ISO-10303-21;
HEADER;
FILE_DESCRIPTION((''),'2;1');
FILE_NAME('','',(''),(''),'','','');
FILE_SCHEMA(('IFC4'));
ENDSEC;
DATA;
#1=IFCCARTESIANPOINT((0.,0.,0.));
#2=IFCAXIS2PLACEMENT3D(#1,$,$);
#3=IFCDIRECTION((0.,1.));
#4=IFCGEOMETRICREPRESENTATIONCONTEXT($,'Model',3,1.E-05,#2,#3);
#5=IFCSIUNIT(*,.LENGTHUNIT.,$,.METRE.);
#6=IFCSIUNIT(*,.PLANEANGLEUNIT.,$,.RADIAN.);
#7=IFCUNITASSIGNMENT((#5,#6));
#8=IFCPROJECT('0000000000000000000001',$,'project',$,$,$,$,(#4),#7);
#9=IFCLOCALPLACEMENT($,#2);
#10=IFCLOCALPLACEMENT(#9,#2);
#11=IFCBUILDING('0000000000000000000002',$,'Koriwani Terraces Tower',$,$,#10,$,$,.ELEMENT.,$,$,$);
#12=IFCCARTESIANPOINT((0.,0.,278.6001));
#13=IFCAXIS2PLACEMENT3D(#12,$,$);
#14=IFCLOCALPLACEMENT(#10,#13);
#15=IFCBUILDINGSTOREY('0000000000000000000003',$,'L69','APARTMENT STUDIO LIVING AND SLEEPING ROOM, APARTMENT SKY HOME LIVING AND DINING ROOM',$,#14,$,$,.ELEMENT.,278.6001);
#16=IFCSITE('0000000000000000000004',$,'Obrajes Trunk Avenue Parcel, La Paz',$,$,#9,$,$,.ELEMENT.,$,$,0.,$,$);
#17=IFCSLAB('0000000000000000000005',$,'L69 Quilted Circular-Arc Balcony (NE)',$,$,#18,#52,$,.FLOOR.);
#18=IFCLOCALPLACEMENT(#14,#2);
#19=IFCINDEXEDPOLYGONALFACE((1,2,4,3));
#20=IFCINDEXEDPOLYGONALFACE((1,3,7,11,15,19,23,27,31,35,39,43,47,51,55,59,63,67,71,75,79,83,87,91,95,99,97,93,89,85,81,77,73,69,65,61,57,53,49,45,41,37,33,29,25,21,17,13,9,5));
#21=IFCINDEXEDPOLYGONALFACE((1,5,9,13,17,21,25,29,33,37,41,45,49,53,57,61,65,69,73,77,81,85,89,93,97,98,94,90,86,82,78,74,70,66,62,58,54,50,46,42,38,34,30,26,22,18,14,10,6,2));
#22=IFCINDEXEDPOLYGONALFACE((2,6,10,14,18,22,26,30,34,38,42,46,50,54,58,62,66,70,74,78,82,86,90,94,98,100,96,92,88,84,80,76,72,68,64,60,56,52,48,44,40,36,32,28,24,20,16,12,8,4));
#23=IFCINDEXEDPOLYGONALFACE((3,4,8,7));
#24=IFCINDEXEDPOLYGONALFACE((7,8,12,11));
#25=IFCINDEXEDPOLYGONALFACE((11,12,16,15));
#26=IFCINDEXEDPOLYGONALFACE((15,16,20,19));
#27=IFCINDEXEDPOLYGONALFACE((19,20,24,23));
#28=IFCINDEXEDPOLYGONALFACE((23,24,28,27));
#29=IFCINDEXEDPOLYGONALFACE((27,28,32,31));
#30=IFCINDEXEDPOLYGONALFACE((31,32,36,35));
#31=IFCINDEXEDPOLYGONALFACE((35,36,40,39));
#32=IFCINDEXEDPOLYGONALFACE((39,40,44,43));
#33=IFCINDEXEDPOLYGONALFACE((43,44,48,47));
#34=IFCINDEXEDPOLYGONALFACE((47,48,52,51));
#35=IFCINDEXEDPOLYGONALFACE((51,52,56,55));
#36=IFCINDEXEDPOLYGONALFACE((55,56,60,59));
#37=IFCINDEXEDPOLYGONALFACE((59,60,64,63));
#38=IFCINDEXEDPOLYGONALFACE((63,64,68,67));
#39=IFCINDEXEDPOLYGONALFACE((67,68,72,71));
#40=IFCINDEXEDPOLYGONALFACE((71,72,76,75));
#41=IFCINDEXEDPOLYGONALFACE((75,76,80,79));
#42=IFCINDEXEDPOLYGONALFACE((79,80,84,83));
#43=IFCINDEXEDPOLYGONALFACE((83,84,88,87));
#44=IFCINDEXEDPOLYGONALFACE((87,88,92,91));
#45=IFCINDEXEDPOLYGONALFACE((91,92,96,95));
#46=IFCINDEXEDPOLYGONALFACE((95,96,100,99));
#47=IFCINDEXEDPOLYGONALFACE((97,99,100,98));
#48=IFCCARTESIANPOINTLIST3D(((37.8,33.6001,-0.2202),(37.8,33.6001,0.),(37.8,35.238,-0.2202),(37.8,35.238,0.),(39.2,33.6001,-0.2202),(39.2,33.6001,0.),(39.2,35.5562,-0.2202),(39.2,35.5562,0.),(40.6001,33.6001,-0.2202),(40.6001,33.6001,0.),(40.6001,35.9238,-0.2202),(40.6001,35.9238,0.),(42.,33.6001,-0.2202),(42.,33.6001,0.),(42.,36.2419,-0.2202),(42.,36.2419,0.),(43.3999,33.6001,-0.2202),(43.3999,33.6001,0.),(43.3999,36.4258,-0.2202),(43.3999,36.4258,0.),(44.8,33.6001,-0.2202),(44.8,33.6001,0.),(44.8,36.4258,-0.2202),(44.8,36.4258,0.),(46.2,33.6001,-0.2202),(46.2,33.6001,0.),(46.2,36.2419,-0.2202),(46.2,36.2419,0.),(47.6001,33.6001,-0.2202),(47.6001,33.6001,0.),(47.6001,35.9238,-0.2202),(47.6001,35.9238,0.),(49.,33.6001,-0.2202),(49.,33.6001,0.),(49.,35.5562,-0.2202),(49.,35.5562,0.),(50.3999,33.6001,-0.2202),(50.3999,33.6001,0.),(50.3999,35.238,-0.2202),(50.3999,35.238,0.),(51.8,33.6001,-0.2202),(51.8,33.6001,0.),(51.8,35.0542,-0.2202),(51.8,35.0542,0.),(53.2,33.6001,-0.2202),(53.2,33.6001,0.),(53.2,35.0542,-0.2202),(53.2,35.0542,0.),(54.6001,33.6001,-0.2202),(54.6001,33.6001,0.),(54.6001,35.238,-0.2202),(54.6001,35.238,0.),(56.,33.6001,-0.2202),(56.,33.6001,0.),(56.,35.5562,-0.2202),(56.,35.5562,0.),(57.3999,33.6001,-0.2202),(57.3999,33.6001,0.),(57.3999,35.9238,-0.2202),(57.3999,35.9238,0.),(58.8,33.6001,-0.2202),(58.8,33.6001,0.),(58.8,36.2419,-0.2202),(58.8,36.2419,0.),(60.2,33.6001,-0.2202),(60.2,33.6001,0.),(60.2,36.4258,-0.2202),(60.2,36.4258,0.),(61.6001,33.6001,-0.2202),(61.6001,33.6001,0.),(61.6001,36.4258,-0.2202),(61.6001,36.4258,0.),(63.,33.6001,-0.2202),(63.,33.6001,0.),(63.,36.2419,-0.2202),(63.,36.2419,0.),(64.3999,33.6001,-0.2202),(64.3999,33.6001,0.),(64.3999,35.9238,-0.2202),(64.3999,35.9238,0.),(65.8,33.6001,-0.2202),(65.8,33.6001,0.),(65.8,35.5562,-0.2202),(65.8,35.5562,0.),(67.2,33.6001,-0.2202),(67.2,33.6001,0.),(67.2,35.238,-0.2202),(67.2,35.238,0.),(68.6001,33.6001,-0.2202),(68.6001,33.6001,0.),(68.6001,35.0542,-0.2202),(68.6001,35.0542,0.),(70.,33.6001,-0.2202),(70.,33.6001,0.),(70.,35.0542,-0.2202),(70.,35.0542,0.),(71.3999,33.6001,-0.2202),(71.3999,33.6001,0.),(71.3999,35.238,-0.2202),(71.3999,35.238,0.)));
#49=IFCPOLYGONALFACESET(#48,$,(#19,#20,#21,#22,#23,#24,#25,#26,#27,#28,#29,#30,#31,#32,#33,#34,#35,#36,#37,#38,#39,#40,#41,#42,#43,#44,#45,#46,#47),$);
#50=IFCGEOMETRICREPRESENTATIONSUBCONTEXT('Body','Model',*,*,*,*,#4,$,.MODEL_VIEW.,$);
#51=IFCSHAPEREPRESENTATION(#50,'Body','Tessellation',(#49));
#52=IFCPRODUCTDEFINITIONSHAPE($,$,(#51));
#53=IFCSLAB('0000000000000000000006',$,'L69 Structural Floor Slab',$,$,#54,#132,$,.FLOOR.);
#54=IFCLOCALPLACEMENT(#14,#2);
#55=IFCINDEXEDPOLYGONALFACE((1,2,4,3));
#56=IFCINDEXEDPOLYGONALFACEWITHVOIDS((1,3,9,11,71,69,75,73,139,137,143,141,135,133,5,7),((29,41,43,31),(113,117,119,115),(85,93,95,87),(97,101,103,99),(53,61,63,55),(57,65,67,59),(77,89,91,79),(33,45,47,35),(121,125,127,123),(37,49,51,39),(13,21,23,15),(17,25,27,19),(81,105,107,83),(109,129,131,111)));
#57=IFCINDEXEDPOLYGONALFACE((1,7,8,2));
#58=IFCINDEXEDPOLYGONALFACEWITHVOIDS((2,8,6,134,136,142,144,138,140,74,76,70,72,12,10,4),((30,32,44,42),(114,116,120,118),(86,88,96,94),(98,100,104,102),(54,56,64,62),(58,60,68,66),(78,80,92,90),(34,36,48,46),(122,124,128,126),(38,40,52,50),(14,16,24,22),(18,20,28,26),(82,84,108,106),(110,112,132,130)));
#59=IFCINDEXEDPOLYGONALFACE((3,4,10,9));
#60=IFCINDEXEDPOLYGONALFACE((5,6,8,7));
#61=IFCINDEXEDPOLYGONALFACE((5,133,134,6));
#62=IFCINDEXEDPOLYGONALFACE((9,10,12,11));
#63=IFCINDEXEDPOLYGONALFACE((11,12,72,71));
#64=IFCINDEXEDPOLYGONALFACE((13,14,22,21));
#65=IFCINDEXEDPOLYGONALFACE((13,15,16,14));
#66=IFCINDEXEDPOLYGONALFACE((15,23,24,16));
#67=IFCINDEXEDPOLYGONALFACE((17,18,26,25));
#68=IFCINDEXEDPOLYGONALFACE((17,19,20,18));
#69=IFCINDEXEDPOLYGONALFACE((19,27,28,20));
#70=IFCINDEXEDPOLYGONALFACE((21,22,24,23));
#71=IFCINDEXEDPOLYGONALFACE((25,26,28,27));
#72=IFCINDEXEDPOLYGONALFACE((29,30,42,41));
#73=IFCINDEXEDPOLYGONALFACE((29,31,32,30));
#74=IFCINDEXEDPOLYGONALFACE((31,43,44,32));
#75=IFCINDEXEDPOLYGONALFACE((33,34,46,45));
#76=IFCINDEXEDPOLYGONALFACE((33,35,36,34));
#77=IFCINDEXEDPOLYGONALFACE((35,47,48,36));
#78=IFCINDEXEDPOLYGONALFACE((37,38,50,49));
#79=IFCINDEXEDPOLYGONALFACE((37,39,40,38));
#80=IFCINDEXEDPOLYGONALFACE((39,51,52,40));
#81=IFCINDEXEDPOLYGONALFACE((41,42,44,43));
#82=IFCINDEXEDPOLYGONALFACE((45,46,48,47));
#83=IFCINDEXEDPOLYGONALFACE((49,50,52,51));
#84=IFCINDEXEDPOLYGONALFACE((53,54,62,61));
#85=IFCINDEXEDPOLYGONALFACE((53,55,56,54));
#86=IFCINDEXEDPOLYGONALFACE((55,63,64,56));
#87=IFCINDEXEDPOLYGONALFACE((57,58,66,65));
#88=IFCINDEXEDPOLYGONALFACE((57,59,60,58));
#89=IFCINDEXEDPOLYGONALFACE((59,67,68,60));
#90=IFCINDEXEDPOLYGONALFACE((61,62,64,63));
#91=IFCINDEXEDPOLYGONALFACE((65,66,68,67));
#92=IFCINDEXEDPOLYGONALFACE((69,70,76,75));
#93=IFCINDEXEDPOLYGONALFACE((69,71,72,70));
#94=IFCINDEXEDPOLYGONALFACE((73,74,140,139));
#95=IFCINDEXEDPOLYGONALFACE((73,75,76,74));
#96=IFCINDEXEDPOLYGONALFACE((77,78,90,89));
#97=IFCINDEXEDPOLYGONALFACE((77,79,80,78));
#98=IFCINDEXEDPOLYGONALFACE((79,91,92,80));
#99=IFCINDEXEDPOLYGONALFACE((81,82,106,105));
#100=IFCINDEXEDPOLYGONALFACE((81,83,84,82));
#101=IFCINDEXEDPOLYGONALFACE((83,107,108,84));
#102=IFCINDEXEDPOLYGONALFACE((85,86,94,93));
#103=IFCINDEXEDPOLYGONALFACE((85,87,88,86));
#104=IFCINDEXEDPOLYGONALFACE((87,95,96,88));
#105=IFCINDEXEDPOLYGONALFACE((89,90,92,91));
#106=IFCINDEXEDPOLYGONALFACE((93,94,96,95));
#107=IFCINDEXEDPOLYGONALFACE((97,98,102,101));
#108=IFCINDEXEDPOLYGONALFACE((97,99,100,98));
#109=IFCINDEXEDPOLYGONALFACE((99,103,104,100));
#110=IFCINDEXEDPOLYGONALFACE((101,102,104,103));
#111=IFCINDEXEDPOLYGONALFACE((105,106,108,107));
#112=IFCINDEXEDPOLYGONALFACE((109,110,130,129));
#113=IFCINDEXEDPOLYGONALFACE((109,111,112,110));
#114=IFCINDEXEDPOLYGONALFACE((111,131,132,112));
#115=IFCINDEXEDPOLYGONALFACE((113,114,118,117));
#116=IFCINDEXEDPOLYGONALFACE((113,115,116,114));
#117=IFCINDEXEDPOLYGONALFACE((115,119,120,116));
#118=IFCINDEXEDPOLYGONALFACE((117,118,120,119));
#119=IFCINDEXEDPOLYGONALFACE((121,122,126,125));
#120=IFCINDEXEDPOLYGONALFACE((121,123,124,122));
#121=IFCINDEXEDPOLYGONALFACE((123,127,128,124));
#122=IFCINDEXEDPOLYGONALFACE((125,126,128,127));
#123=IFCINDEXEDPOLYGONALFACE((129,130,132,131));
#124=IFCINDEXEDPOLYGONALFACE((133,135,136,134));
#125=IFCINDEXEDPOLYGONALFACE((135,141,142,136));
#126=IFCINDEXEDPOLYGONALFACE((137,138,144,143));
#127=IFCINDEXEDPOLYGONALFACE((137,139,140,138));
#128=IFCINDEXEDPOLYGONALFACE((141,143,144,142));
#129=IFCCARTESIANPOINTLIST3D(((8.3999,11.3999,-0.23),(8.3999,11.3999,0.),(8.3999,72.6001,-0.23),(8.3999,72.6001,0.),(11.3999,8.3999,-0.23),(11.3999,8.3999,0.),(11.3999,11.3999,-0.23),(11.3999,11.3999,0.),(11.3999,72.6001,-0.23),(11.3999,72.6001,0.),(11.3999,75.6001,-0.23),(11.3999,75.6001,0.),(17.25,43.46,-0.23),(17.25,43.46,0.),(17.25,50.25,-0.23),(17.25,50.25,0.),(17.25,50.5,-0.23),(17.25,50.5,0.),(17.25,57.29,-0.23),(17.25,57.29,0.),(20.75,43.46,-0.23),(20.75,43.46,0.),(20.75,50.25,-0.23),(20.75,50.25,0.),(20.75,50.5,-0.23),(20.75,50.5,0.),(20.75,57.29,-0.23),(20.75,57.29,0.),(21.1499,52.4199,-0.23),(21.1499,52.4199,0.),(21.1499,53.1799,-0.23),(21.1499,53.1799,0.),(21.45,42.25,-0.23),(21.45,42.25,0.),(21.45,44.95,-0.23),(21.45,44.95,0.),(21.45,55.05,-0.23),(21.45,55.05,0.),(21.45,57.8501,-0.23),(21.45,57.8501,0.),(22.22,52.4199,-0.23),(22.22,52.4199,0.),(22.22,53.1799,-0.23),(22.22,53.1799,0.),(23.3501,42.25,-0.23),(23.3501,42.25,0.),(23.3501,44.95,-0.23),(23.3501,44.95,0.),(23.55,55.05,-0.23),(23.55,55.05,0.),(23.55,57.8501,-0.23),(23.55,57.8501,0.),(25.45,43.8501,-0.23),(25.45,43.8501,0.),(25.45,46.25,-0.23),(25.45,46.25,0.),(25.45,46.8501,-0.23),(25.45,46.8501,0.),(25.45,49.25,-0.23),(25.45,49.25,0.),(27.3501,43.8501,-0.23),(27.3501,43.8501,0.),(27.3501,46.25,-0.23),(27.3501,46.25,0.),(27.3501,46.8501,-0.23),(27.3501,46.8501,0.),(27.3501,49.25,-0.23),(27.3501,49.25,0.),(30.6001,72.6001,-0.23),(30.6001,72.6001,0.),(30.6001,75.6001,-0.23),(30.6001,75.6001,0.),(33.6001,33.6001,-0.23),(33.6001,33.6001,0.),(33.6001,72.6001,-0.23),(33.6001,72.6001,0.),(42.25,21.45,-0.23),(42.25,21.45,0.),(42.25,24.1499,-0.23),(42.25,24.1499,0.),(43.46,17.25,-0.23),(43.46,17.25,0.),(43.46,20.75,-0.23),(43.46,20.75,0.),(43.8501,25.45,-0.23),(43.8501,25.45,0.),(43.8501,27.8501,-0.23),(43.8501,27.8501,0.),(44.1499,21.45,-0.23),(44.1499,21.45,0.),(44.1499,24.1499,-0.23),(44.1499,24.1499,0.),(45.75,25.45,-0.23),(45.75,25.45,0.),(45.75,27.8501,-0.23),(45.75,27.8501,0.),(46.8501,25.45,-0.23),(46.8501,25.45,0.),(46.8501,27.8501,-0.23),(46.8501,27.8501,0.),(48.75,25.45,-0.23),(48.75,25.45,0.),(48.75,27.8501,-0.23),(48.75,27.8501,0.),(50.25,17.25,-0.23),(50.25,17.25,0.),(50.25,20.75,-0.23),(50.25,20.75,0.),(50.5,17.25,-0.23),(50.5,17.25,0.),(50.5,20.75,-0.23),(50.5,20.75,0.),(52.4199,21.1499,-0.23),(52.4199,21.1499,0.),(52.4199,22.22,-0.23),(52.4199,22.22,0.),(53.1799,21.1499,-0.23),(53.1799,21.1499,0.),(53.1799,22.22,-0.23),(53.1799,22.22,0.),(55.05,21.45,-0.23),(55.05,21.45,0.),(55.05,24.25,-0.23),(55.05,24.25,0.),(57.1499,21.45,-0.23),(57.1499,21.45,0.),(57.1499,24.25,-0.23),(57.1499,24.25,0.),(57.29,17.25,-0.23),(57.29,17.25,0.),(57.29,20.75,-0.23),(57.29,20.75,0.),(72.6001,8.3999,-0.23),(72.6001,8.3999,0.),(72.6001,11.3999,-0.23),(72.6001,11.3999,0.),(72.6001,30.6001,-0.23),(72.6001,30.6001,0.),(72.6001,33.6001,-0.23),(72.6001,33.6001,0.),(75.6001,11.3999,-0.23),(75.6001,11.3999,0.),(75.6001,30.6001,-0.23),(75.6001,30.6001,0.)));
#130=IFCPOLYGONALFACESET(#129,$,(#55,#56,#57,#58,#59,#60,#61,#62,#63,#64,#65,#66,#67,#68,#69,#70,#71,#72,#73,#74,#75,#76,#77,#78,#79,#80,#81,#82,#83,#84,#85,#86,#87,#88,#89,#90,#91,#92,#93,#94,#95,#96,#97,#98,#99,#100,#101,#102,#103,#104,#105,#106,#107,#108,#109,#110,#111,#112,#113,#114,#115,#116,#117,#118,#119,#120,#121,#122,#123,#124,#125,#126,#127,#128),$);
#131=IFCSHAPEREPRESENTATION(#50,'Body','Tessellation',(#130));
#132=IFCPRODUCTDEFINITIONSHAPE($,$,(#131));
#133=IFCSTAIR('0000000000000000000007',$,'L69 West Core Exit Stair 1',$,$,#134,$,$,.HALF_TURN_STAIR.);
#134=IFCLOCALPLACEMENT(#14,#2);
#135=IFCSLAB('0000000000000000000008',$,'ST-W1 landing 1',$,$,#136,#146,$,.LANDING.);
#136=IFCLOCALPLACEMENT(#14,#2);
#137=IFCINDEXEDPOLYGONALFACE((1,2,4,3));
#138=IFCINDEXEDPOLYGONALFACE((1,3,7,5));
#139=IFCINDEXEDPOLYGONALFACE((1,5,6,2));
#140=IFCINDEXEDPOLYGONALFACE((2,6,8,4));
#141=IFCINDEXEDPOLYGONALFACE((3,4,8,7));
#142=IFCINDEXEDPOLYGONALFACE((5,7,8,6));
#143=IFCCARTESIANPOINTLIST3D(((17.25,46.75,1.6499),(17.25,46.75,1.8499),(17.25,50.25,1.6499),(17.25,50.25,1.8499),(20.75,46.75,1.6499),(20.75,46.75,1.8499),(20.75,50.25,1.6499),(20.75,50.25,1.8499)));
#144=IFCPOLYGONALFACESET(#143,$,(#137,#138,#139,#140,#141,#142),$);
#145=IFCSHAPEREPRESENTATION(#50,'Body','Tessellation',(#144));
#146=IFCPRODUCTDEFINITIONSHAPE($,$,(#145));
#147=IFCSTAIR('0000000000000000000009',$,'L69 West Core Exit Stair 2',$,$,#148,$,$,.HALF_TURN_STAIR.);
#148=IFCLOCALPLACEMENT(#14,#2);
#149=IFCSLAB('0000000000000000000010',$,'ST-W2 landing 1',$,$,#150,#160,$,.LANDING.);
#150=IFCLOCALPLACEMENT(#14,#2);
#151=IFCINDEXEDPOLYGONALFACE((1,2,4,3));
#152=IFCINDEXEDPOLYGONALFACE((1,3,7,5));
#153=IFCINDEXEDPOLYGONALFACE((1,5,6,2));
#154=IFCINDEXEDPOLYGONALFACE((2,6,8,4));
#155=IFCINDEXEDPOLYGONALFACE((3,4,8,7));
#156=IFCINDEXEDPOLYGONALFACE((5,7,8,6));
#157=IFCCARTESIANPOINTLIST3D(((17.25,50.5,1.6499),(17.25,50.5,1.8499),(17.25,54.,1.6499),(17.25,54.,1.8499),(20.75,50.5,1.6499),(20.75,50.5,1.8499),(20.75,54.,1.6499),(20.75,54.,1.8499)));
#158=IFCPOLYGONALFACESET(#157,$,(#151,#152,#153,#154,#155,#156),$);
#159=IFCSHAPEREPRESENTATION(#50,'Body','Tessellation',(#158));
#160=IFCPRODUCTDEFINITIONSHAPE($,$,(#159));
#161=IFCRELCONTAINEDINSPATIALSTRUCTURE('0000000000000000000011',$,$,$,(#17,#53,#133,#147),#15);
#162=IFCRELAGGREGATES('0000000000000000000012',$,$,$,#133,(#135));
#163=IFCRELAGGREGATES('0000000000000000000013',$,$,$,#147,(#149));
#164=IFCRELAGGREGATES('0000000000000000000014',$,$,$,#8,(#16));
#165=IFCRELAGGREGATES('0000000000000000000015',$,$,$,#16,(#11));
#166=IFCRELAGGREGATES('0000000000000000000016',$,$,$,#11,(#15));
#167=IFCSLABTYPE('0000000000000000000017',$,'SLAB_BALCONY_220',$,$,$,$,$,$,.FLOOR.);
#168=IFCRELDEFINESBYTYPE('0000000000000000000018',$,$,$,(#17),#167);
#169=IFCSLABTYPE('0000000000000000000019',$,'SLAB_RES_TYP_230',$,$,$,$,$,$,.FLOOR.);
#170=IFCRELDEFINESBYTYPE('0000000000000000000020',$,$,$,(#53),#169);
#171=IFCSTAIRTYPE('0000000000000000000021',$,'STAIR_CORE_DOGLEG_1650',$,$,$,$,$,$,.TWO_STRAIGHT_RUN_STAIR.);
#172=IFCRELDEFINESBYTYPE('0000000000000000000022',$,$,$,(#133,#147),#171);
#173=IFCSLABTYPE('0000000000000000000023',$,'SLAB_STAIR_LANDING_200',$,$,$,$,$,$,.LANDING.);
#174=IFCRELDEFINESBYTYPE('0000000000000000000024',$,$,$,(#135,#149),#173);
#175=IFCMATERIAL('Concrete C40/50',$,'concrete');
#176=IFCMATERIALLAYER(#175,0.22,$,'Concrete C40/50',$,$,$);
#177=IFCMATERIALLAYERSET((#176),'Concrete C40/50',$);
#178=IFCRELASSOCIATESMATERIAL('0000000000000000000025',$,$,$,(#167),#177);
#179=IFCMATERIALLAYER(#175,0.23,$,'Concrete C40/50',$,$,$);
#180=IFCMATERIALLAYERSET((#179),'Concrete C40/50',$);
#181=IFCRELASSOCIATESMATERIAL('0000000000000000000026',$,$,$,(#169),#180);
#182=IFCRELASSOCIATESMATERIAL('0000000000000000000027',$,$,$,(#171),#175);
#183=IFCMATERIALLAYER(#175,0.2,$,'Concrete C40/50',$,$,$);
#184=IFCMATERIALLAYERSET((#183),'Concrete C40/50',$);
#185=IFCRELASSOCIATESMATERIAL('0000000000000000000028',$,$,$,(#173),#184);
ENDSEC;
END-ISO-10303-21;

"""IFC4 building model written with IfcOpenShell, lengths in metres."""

from ifc_helpers import new_model, si_unit, direction, frame, origin, place, context, subcontext, project, spatial, polyline, outline, extrude, material, layer, layer_set, type_object, element, aggregate, save


model = new_model("IFC4")

# Units and contexts
model_context = context("Model", 3, precision=1e-05, world=origin(), true_north=direction((0.0, 1.0)))
body_context = subcontext(model_context, "Body", "Model", "MODEL_VIEW")
ifc_project = project(units=[si_unit("LENGTHUNIT", "METRE"), si_unit("PLANEANGLEUNIT", "RADIAN")], contexts=[model_context])

# Site, building, storey
site_placement = place(None, origin())
site = spatial("IfcSite", under=ifc_project, at=site_placement, Name="Obrajes Trunk Avenue Parcel, La Paz", CompositionType="ELEMENT", RefElevation=0.0)
building_placement = place(site_placement, origin())
building = spatial("IfcBuilding", under=site, at=building_placement, Name="Koriwani Terraces Tower", CompositionType="ELEMENT")
storey_placement = place(building_placement, frame((0.0, 0.0, 278.6001)))
storey = spatial("IfcBuildingStorey", under=building, at=storey_placement, Name="L69", Description="APARTMENT STUDIO LIVING AND SLEEPING ROOM, APARTMENT SKY HOME LIVING AND DINING ROOM", CompositionType="ELEMENT", Elevation=278.6001)

# Slabs
ifc_material_1 = material(Name="Concrete C40/50", Category="concrete")
ifc_layer_1 = layer(ifc_material_1, 0.22, Name="Concrete C40/50")
ifc_layer_set_1 = layer_set([ifc_layer_1], Name="Concrete C40/50")
slab_type_1 = type_object("IfcSlabType", Name="SLAB_BALCONY_220", PredefinedType="FLOOR", material=ifc_layer_set_1)
slab_1_placement = place(storey_placement, frame((0.0, 0.0, -0.2202)))
element("IfcSlab", 1, at=slab_1_placement, inside=storey, type_object=slab_type_1, Name="L69 Quilted Circular-Arc Balcony (NE)", PredefinedType="FLOOR", context=body_context, shape_type="SweptSolid", body=[
    extrude(outline(polyline([(71.3999, 33.6001), (70.0, 33.6001), (68.6001, 33.6001), (67.2, 33.6001), (65.8, 33.6001), (64.3999, 33.6001), (63.0, 33.6001), (61.6001, 33.6001), (60.2, 33.6001), (58.8, 33.6001), (57.3999, 33.6001), (56.0, 33.6001), (54.6001, 33.6001), (53.2, 33.6001), (51.8, 33.6001), (50.3999, 33.6001), (49.0, 33.6001), (47.6001, 33.6001), (46.2, 33.6001), (44.8, 33.6001), (43.3999, 33.6001), (42.0, 33.6001), (40.6001, 33.6001), (39.2, 33.6001), (37.8, 33.6001), (37.8, 35.238), (39.2, 35.5562), (40.6001, 35.9238), (42.0, 36.2419), (43.3999, 36.4258), (44.8, 36.4258), (46.2, 36.2419), (47.6001, 35.9238), (49.0, 35.5562), (50.3999, 35.238), (51.8, 35.0542), (53.2, 35.0542), (54.6001, 35.238), (56.0, 35.5562), (57.3999, 35.9238), (58.8, 36.2419), (60.2, 36.4258), (61.6001, 36.4258), (63.0, 36.2419), (64.3999, 35.9238), (65.8, 35.5562), (67.2, 35.238), (68.6001, 35.0542), (70.0, 35.0542), (71.3999, 35.238), (71.3999, 33.6001)])), origin(), (0.0, 0.0, 1.0), 0.2202),
])
ifc_layer_2 = layer(ifc_material_1, 0.23, Name="Concrete C40/50")
ifc_layer_set_2 = layer_set([ifc_layer_2], Name="Concrete C40/50")
slab_type_2 = type_object("IfcSlabType", Name="SLAB_RES_TYP_230", PredefinedType="FLOOR", material=ifc_layer_set_2)
slab_2_placement = place(storey_placement, frame((0.0, 0.0, -0.23)))
element("IfcSlab", 2, at=slab_2_placement, inside=storey, type_object=slab_type_2, Name="L69 Structural Floor Slab", PredefinedType="FLOOR", context=body_context, shape_type="SweptSolid", body=[
    extrude(outline(polyline([(11.3999, 8.3999), (72.6001, 8.3999), (72.6001, 11.3999), (75.6001, 11.3999), (75.6001, 30.6001), (72.6001, 30.6001), (72.6001, 33.6001), (33.6001, 33.6001), (33.6001, 72.6001), (30.6001, 72.6001), (30.6001, 75.6001), (11.3999, 75.6001), (11.3999, 72.6001), (8.3999, 72.6001), (8.3999, 11.3999), (11.3999, 11.3999), (11.3999, 8.3999)]), holes=[polyline([(17.25, 43.46), (20.75, 43.46), (20.75, 50.25), (17.25, 50.25), (17.25, 43.46)]), polyline([(17.25, 50.5), (20.75, 50.5), (20.75, 57.29), (17.25, 57.29), (17.25, 50.5)]), polyline([(43.46, 17.25), (50.25, 17.25), (50.25, 20.75), (43.46, 20.75), (43.46, 17.25)]), polyline([(50.5, 17.25), (57.29, 17.25), (57.29, 20.75), (50.5, 20.75), (50.5, 17.25)]), polyline([(25.45, 43.8501), (27.3501, 43.8501), (27.3501, 46.25), (25.45, 46.25), (25.45, 43.8501)]), polyline([(25.45, 46.8501), (27.3501, 46.8501), (27.3501, 49.25), (25.45, 49.25), (25.45, 46.8501)]), polyline([(43.8501, 25.45), (45.75, 25.45), (45.75, 27.8501), (43.8501, 27.8501), (43.8501, 25.45)]), polyline([(46.8501, 25.45), (48.75, 25.45), (48.75, 27.8501), (46.8501, 27.8501), (46.8501, 25.45)]), polyline([(21.45, 55.05), (23.55, 55.05), (23.55, 57.8501), (21.45, 57.8501), (21.45, 55.05)]), polyline([(55.05, 21.45), (57.1499, 21.45), (57.1499, 24.25), (55.05, 24.25), (55.05, 21.45)]), polyline([(21.45, 42.25), (23.3501, 42.25), (23.3501, 44.95), (21.45, 44.95), (21.45, 42.25)]), polyline([(42.25, 21.45), (44.1499, 21.45), (44.1499, 24.1499), (42.25, 24.1499), (42.25, 21.45)]), polyline([(21.1499, 52.4199), (22.22, 52.4199), (22.22, 53.1799), (21.1499, 53.1799), (21.1499, 52.4199)]), polyline([(52.4199, 21.1499), (53.1799, 21.1499), (53.1799, 22.22), (52.4199, 22.22), (52.4199, 21.1499)])]), origin(), (0.0, 0.0, 1.0), 0.23),
])

# Stairs, slabs
stair_type = type_object("IfcStairType", Name="STAIR_CORE_DOGLEG_1650", PredefinedType="TWO_STRAIGHT_RUN_STAIR", material=ifc_material_1)
stair_1_placement = place(storey_placement, origin())
stair_1 = element("IfcStair", 3, at=stair_1_placement, inside=storey, type_object=stair_type, Name="L69 West Core Exit Stair 1", PredefinedType="HALF_TURN_STAIR")
ifc_layer_3 = layer(ifc_material_1, 0.2, Name="Concrete C40/50")
ifc_layer_set_3 = layer_set([ifc_layer_3], Name="Concrete C40/50")
slab_type_3 = type_object("IfcSlabType", Name="SLAB_STAIR_LANDING_200", PredefinedType="LANDING", material=ifc_layer_set_3)
slab_3_placement = place(storey_placement, frame((0.0, 0.0, 1.6499)))
slab_3 = element("IfcSlab", 4, at=slab_3_placement, type_object=slab_type_3, Name="ST-W1 landing 1", PredefinedType="LANDING", context=body_context, shape_type="SweptSolid", body=[
    extrude(outline(polyline([(20.75, 46.75), (20.75, 50.25), (17.25, 50.25), (17.25, 46.75), (20.75, 46.75)])), origin(), (0.0, 0.0, 1.0), 0.2),
])
aggregate(stair_1, [slab_3])
stair_2_placement = place(storey_placement, origin())
stair_2 = element("IfcStair", 5, at=stair_2_placement, inside=storey, type_object=stair_type, Name="L69 West Core Exit Stair 2", PredefinedType="HALF_TURN_STAIR")
slab_4_placement = place(storey_placement, frame((0.0, 0.0, 1.6499)))
slab_4 = element("IfcSlab", 6, at=slab_4_placement, type_object=slab_type_3, Name="ST-W2 landing 1", PredefinedType="LANDING", context=body_context, shape_type="SweptSolid", body=[
    extrude(outline(polyline([(17.25, 54.0), (17.25, 50.5), (20.75, 50.5), (20.75, 54.0), (17.25, 54.0)])), origin(), (0.0, 0.0, 1.0), 0.2),
])
aggregate(stair_2, [slab_4])

save(model, "model.ifc")
